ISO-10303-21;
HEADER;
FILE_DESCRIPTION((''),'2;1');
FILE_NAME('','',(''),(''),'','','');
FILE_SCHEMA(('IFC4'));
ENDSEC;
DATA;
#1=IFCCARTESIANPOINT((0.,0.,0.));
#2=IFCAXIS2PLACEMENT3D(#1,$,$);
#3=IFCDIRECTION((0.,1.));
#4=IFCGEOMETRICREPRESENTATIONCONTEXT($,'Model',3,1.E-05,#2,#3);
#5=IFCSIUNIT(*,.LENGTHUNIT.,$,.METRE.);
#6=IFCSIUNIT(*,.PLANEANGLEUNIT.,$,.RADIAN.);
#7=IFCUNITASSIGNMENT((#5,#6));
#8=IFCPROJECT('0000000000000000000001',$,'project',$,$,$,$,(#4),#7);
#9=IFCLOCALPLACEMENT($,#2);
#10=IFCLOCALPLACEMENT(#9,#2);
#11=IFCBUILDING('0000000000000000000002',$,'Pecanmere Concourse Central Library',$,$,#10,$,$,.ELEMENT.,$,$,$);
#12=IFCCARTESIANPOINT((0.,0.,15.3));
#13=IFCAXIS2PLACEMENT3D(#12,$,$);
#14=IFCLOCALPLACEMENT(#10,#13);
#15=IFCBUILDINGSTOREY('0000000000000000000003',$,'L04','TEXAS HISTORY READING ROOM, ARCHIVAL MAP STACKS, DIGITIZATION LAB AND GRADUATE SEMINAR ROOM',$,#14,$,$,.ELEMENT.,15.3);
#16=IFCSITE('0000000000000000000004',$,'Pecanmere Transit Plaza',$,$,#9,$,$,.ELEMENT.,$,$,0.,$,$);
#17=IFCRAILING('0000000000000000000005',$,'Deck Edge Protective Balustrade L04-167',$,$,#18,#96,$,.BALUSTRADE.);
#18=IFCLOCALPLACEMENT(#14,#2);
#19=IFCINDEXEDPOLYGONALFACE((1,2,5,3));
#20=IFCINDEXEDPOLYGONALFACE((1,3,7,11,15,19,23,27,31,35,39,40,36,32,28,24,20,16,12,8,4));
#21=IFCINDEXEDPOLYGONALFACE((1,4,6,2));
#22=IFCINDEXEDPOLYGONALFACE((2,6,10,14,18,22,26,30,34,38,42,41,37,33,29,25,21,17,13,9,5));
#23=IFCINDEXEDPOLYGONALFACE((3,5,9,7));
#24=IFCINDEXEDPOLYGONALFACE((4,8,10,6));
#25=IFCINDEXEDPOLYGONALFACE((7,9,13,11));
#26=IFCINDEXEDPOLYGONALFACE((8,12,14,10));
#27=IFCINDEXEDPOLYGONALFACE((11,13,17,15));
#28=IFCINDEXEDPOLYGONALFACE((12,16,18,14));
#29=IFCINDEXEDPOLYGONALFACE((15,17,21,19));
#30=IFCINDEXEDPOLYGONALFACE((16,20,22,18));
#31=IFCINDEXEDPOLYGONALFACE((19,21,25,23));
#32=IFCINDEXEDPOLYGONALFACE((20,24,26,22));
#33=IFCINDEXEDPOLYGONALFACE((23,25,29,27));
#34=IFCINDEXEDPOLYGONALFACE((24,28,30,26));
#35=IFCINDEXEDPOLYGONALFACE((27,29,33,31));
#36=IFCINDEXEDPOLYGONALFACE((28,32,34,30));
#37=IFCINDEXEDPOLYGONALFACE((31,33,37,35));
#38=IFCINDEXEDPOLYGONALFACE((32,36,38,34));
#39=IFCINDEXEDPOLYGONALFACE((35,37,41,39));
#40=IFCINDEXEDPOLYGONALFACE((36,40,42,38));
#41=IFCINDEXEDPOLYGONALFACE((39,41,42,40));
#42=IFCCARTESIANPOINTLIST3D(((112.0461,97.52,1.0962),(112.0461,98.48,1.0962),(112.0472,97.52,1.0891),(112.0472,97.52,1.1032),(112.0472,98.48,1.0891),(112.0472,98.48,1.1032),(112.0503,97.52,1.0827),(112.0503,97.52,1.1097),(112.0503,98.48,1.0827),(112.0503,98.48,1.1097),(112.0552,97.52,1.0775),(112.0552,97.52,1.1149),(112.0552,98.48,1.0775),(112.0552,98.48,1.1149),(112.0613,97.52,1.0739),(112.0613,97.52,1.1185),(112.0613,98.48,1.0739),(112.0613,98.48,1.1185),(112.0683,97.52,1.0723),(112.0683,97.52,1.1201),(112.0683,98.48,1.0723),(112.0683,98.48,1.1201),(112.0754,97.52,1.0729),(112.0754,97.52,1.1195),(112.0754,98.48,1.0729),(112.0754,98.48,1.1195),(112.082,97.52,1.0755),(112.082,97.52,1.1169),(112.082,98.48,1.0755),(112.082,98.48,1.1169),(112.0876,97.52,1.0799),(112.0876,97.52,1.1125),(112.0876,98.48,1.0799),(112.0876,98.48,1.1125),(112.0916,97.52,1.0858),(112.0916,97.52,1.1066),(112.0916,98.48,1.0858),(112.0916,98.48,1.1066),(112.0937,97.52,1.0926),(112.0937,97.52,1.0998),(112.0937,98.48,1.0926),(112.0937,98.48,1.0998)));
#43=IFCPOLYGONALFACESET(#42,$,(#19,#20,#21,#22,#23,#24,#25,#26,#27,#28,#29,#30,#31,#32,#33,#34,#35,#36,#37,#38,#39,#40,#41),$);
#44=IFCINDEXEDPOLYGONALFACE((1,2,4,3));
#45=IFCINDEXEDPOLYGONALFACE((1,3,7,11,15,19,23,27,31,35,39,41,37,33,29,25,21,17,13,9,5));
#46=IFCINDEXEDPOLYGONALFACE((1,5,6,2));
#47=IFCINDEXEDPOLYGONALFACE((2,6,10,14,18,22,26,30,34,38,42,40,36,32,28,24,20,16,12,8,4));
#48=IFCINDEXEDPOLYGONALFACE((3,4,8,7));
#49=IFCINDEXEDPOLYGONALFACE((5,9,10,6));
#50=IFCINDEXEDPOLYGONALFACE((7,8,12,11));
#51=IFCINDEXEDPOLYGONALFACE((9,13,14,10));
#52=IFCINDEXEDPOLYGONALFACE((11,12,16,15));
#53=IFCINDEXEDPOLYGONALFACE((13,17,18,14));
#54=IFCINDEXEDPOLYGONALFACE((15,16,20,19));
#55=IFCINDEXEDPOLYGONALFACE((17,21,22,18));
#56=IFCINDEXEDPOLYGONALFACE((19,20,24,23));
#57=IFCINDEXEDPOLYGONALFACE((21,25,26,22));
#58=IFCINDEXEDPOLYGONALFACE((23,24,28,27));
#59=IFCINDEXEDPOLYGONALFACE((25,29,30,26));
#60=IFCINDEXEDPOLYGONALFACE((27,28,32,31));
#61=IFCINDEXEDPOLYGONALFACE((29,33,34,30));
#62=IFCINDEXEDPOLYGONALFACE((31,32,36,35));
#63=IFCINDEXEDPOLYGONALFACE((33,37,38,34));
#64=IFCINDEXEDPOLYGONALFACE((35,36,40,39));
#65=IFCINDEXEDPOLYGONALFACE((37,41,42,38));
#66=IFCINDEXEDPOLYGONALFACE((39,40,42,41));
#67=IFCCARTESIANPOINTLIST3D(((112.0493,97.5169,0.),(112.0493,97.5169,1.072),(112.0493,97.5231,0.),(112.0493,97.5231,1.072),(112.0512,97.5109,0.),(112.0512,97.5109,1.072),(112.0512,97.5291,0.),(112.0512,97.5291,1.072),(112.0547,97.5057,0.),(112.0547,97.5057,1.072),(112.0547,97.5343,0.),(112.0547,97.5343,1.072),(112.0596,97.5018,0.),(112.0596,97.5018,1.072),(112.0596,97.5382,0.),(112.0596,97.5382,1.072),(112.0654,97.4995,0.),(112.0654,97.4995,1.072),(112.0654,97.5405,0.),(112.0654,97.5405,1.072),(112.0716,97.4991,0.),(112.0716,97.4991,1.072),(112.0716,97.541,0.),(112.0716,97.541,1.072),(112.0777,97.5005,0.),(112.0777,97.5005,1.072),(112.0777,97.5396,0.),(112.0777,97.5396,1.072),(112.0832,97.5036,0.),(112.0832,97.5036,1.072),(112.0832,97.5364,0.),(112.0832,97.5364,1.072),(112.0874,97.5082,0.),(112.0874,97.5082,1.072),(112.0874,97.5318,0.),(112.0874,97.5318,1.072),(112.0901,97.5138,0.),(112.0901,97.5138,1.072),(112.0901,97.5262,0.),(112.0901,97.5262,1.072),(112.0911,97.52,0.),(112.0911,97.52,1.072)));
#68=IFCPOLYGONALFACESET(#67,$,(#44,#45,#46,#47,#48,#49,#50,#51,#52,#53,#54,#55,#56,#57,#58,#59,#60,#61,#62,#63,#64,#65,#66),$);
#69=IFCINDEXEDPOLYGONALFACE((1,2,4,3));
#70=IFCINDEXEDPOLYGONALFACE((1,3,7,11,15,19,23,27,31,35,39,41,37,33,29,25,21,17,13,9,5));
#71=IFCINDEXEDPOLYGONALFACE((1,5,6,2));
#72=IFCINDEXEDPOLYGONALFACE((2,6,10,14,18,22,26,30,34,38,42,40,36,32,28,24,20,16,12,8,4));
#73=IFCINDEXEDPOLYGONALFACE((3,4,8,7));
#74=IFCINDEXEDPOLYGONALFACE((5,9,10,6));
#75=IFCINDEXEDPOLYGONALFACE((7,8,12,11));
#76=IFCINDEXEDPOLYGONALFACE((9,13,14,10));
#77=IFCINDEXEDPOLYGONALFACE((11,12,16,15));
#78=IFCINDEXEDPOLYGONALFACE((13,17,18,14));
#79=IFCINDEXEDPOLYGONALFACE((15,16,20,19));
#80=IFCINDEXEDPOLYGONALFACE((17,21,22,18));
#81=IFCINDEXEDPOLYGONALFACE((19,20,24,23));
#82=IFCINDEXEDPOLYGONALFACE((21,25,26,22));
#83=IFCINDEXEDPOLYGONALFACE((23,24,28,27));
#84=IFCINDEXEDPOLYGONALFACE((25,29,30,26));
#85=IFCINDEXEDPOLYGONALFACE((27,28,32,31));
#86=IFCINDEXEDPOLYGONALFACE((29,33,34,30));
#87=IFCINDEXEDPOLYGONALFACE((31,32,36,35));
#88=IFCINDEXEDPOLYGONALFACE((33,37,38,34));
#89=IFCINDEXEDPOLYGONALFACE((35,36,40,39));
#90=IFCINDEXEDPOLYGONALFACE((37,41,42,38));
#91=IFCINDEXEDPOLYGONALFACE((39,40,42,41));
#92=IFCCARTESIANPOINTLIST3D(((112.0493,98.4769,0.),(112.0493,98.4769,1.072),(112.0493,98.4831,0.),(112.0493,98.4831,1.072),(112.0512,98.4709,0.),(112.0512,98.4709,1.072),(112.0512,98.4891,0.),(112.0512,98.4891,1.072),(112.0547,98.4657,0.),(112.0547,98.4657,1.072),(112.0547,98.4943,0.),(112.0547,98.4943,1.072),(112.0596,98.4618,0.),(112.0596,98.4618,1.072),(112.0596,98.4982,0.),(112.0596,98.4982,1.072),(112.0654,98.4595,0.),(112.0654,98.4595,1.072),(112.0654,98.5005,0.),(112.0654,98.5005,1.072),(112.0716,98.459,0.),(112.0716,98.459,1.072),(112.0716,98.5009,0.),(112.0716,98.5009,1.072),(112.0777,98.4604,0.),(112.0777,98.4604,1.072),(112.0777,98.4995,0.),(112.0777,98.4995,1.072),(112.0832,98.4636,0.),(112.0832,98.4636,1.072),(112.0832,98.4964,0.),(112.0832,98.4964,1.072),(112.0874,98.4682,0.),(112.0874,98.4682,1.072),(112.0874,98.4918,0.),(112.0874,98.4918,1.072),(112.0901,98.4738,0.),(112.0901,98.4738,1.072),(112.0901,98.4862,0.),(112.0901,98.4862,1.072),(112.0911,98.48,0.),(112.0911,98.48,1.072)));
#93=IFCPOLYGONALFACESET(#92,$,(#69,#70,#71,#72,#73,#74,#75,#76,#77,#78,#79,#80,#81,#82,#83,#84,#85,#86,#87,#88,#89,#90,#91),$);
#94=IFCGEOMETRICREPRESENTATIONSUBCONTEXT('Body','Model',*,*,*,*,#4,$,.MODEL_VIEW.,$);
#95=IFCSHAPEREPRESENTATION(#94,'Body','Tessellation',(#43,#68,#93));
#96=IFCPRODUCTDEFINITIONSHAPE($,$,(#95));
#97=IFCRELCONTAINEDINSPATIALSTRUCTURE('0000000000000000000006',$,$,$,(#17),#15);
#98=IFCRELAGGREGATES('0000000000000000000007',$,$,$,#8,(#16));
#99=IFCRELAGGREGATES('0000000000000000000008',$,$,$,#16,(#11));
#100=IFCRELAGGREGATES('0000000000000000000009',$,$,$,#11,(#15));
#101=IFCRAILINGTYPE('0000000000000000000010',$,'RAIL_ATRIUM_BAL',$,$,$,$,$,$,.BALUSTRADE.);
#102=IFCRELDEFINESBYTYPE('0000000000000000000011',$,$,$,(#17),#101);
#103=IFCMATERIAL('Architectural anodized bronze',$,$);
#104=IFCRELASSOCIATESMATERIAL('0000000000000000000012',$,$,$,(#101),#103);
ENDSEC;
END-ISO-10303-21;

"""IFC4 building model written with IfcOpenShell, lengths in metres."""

from ifc_helpers import new_model, si_unit, direction, frame, origin, origin_2d, place, context, subcontext, project, spatial, circle, extrude, material, type_object, element, save


model = new_model("IFC4")

# Units and contexts
model_context = context("Model", 3, precision=1e-05, world=origin(), true_north=direction((0.0, 1.0)))
body_context = subcontext(model_context, "Body", "Model", "MODEL_VIEW")
ifc_project = project(units=[si_unit("LENGTHUNIT", "METRE"), si_unit("PLANEANGLEUNIT", "RADIAN")], contexts=[model_context])

# Site, building, storey
site_placement = place(None, origin())
site = spatial("IfcSite", under=ifc_project, at=site_placement, Name="Pecanmere Transit Plaza", CompositionType="ELEMENT", RefElevation=0.0)
building_placement = place(site_placement, origin())
building = spatial("IfcBuilding", under=site, at=building_placement, Name="Pecanmere Concourse Central Library", CompositionType="ELEMENT")
storey_placement = place(building_placement, frame((0.0, 0.0, 15.3)))
storey = spatial("IfcBuildingStorey", under=building, at=storey_placement, Name="L04", Description="TEXAS HISTORY READING ROOM, ARCHIVAL MAP STACKS, DIGITIZATION LAB AND GRADUATE SEMINAR ROOM", CompositionType="ELEMENT", Elevation=15.3)

# Railing
ifc_material_1 = material(Name="Architectural anodized bronze")
railing_type = type_object("IfcRailingType", Name="RAIL_ATRIUM_BAL", PredefinedType="BALUSTRADE", material=ifc_material_1)
for number, where, name in (
    (1, (112.0701, 97.52, 0.0), "Deck Edge Protective Balustrade L04-167"),
):
    element("IfcRailing", number, at=place(storey_placement, frame(where)), inside=storey, type_object=railing_type, Name=name, PredefinedType="BALUSTRADE", context=body_context, shape_type="SweptSolid", body=[
        extrude(circle(Radius=0.0239, at=origin_2d()), frame((0.0, 0.0, 1.0962), z_axis=(0.0, 1.0, 0.0), x_axis=(-1.0, 0.0, 0.0)), (0.0, 0.0, 1.0), 0.96),
        extrude(circle(Radius=0.021, at=origin_2d()), origin(), (0.0, 0.0, 1.0), 1.072),
        extrude(circle(Radius=0.021, at=origin_2d()), frame((0.0, 0.96, 0.0)), (0.0, 0.0, 1.0), 1.072),
    ])

save(model, "model.ifc")
